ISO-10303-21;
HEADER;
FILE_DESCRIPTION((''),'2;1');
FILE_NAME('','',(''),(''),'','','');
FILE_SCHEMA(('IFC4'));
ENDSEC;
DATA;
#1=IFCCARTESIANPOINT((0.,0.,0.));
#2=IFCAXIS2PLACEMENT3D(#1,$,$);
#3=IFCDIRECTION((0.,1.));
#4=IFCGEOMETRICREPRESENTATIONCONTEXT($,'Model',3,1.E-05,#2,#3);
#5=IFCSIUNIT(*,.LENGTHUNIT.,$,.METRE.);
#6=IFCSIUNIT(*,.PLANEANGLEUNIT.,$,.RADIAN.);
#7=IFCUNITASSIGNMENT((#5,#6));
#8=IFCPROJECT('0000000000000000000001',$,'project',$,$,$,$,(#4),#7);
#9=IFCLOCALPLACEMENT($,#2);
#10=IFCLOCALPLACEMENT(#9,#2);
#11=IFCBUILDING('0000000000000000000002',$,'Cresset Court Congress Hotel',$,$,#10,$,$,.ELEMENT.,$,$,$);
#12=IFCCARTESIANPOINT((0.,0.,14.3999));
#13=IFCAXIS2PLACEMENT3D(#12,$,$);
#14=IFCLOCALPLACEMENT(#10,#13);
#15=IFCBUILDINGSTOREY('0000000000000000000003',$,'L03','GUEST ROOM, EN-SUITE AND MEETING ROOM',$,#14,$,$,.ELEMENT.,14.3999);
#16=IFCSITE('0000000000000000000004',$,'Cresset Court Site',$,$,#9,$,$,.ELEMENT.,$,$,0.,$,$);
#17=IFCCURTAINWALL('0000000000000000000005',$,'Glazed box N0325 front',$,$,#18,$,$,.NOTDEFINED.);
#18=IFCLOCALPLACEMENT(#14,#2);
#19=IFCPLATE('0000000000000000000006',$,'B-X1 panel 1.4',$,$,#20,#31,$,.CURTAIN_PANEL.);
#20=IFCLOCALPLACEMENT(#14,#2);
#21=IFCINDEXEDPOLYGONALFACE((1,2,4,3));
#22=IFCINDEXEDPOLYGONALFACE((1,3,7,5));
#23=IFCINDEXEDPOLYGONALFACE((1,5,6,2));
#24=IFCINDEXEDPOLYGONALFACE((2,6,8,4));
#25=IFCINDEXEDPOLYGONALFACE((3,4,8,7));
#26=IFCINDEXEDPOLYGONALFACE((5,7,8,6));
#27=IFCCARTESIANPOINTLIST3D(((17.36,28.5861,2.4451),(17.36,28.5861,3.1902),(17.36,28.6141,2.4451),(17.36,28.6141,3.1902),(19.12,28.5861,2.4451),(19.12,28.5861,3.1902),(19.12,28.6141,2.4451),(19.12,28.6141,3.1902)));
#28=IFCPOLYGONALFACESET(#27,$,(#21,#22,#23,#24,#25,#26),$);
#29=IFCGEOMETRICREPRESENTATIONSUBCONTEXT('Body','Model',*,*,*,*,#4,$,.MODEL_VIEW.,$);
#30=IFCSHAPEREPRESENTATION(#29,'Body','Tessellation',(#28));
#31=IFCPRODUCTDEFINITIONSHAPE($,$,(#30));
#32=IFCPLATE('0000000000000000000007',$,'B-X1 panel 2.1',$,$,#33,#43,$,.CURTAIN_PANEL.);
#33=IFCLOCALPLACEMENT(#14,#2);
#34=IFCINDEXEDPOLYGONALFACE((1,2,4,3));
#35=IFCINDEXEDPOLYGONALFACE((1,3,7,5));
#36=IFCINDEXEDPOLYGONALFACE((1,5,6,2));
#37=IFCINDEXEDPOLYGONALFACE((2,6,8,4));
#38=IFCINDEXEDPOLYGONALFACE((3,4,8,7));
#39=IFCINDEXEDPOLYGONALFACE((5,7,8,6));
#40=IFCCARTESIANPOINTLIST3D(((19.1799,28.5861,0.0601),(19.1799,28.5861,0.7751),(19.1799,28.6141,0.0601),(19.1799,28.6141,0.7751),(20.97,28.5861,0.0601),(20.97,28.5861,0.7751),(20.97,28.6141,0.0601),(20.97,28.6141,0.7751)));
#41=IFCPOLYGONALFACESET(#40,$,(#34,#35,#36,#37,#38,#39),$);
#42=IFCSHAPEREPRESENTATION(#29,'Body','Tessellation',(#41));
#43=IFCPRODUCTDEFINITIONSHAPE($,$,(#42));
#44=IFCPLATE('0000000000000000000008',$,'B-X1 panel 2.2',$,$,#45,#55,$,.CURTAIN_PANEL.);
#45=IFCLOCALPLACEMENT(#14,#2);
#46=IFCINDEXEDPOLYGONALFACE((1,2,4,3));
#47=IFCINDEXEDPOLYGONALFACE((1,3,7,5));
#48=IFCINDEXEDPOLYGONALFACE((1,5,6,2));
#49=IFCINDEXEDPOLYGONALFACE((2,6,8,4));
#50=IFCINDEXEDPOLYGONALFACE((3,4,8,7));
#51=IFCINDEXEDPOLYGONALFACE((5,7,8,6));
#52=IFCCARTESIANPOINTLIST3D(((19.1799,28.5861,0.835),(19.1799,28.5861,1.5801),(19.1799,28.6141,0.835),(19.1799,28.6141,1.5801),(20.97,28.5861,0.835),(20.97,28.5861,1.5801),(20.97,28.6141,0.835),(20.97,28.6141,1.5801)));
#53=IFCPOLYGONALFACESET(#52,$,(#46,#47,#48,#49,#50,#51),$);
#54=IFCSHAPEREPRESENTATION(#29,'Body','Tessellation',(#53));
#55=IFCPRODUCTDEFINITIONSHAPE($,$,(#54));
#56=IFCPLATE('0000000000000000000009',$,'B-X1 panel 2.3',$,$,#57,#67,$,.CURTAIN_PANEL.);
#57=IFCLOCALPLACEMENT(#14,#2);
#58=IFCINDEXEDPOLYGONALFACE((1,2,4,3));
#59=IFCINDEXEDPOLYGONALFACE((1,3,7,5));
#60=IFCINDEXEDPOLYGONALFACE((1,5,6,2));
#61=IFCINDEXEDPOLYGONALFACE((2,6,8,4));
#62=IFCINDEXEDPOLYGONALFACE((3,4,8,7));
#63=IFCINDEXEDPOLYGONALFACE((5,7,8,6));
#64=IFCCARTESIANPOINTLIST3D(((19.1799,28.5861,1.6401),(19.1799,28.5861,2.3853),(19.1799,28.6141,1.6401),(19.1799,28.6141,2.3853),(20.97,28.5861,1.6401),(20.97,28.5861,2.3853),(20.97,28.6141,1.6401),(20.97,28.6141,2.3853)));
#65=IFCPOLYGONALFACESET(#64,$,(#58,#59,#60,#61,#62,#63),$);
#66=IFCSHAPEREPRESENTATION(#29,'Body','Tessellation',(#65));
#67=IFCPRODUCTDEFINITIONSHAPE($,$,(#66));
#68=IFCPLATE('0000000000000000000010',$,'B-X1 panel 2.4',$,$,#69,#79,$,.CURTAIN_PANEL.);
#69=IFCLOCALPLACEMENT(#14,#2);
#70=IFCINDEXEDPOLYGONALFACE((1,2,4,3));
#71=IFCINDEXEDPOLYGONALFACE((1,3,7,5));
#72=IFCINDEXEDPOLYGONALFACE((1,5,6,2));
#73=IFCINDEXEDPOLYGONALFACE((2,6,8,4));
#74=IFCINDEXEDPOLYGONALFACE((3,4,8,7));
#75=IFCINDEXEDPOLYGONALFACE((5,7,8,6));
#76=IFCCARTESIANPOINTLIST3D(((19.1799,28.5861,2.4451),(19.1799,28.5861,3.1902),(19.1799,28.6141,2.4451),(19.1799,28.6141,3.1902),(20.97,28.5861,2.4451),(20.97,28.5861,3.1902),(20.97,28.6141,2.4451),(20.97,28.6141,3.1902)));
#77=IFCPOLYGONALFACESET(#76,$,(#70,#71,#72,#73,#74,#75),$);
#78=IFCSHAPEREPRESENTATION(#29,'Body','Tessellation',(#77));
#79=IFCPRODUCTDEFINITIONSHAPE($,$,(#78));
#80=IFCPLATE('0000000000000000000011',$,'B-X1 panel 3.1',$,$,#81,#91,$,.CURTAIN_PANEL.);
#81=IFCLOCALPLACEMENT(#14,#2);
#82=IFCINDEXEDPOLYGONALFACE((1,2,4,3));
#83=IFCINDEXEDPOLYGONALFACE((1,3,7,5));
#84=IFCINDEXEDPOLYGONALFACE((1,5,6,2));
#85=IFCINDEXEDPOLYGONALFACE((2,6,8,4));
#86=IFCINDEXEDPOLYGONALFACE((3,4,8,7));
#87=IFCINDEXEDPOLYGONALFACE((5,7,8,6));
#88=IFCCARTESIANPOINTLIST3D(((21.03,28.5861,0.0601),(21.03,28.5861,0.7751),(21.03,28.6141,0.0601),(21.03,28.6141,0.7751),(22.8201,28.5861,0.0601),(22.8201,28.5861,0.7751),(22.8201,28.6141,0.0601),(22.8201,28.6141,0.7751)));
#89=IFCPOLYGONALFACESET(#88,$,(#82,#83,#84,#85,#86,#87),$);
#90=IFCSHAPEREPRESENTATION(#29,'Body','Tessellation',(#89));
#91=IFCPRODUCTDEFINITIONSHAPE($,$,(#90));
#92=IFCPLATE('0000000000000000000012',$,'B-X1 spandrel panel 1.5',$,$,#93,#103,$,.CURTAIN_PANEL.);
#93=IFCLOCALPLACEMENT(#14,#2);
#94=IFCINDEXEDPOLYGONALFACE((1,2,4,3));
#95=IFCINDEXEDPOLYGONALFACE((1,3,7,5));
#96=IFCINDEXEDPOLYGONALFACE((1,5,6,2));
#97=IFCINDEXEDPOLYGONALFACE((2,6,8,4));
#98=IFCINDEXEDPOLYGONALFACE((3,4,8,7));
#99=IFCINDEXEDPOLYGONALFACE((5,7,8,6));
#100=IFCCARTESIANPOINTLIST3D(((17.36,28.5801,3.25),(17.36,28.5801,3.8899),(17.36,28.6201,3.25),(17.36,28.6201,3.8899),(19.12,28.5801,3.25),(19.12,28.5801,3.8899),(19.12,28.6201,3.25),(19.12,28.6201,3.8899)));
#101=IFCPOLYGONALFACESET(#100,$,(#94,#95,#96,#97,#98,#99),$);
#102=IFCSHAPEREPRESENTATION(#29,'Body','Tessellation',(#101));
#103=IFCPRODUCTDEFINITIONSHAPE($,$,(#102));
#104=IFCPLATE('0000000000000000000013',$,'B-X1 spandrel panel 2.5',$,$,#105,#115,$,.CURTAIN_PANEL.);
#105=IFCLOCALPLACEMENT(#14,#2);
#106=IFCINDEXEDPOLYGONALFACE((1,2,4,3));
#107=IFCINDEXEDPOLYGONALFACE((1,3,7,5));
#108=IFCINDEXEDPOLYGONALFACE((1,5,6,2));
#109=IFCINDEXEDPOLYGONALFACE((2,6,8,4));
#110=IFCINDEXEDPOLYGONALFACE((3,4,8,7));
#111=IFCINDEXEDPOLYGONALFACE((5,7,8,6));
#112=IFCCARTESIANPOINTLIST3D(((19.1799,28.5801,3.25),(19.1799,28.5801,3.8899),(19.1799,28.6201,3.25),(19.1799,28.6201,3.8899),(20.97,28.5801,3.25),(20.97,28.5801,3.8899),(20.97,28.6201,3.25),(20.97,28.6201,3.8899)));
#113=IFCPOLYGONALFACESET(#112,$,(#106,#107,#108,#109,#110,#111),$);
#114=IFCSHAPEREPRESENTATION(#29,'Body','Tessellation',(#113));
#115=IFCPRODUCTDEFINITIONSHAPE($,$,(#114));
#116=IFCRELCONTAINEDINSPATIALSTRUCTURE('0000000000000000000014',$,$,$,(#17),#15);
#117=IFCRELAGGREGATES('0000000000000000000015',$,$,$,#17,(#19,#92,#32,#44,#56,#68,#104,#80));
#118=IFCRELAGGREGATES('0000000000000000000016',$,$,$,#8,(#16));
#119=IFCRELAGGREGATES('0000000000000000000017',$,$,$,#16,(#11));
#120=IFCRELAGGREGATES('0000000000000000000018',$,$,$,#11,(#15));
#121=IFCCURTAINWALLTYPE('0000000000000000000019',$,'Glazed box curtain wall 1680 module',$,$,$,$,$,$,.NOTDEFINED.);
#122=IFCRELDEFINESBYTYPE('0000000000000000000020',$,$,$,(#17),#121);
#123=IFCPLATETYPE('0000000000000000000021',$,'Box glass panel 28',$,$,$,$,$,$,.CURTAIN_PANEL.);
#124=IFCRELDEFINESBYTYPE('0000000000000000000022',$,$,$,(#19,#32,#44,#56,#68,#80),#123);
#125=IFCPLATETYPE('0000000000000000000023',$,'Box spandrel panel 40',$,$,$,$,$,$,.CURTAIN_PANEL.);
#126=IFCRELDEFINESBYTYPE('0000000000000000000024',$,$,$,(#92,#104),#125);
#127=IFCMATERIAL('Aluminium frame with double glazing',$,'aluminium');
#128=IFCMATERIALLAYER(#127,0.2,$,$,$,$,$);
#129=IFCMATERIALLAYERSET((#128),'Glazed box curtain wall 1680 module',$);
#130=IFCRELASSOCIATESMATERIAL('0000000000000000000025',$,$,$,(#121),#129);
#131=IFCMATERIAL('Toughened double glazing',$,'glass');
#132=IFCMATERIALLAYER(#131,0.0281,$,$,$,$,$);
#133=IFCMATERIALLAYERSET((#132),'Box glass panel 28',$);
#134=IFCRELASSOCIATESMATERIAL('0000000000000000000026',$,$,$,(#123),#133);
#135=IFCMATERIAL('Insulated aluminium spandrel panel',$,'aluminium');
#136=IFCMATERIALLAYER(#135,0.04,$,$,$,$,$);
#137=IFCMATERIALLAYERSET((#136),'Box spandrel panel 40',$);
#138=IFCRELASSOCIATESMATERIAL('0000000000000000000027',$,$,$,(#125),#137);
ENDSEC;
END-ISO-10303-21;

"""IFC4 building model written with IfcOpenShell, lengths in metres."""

from ifc_helpers import new_model, si_unit, direction, frame, origin, origin_2d, place, context, subcontext, project, spatial, rectangle, extrude, material, layer, layer_set, type_object, element, aggregate, save


model = new_model("IFC4")

# Units and contexts
model_context = context("Model", 3, precision=1e-05, world=origin(), true_north=direction((0.0, 1.0)))
body_context = subcontext(model_context, "Body", "Model", "MODEL_VIEW")
ifc_project = project(units=[si_unit("LENGTHUNIT", "METRE"), si_unit("PLANEANGLEUNIT", "RADIAN")], contexts=[model_context])

# Site, building, storey
site_placement = place(None, origin())
site = spatial("IfcSite", under=ifc_project, at=site_placement, Name="Cresset Court Site", CompositionType="ELEMENT", RefElevation=0.0)
building_placement = place(site_placement, origin())
building = spatial("IfcBuilding", under=site, at=building_placement, Name="Cresset Court Congress Hotel", CompositionType="ELEMENT")
storey_placement = place(building_placement, frame((0.0, 0.0, 14.3999)))
storey = spatial("IfcBuildingStorey", under=building, at=storey_placement, Name="L03", Description="GUEST ROOM, EN-SUITE AND MEETING ROOM", CompositionType="ELEMENT", Elevation=14.3999)

# Curtain wall, plates
ifc_material_1 = material(Name="Aluminium frame with double glazing", Category="aluminium")
ifc_layer_1 = layer(ifc_material_1, 0.2)
ifc_layer_set_1 = layer_set([ifc_layer_1], Name="Glazed box curtain wall 1680 module")
curtain_wall_type = type_object("IfcCurtainWallType", Name="Glazed box curtain wall 1680 module", PredefinedType="NOTDEFINED", material=ifc_layer_set_1)
curtain_wall_placement = place(storey_placement, origin())
curtain_wall = element("IfcCurtainWall", 1, at=curtain_wall_placement, inside=storey, type_object=curtain_wall_type, Name="Glazed box N0325 front", PredefinedType="NOTDEFINED")
ifc_material_2 = material(Name="Toughened double glazing", Category="glass")
ifc_layer_2 = layer(ifc_material_2, 0.0281)
ifc_layer_set_2 = layer_set([ifc_layer_2], Name="Box glass panel 28")
plate_type_1 = type_object("IfcPlateType", Name="Box glass panel 28", PredefinedType="CURTAIN_PANEL", material=ifc_layer_set_2)
plate_1_placement = place(storey_placement, frame((18.24, 28.6001, 2.4451), z_axis=(0.0, 0.0, 1.0), x_axis=(1.0, 0.0, 0.0)))
plate_1 = element("IfcPlate", 2, at=plate_1_placement, type_object=plate_type_1, Name="B-X1 panel 1.4", PredefinedType="CURTAIN_PANEL", context=body_context, shape_type="SweptSolid", body=[
    extrude(rectangle(XDim=1.76, YDim=0.0281, at=origin_2d()), origin(), (0.0, 0.0, 1.0), 0.7451),
])
plate_2_placement = place(storey_placement, frame((20.075, 28.6001, 0.0601), z_axis=(0.0, 0.0, 1.0), x_axis=(1.0, 0.0, 0.0)))
plate_2 = element("IfcPlate", 3, at=plate_2_placement, type_object=plate_type_1, Name="B-X1 panel 2.1", PredefinedType="CURTAIN_PANEL", context=body_context, shape_type="SweptSolid", body=[
    extrude(rectangle(XDim=1.79, YDim=0.0281, at=origin_2d()), origin(), (0.0, 0.0, 1.0), 0.7151),
])
plate_3_placement = place(storey_placement, frame((20.075, 28.6001, 0.835), z_axis=(0.0, 0.0, 1.0), x_axis=(1.0, 0.0, 0.0)))
plate_3 = element("IfcPlate", 4, at=plate_3_placement, type_object=plate_type_1, Name="B-X1 panel 2.2", PredefinedType="CURTAIN_PANEL", context=body_context, shape_type="SweptSolid", body=[
    extrude(rectangle(XDim=1.79, YDim=0.0281, at=origin_2d()), origin(), (0.0, 0.0, 1.0), 0.7451),
])
plate_4_placement = place(storey_placement, frame((20.075, 28.6001, 1.6401), z_axis=(0.0, 0.0, 1.0), x_axis=(1.0, 0.0, 0.0)))
plate_4 = element("IfcPlate", 5, at=plate_4_placement, type_object=plate_type_1, Name="B-X1 panel 2.3", PredefinedType="CURTAIN_PANEL", context=body_context, shape_type="SweptSolid", body=[
    extrude(rectangle(XDim=1.79, YDim=0.0281, at=origin_2d()), origin(), (0.0, 0.0, 1.0), 0.7451),
])
plate_5_placement = place(storey_placement, frame((20.075, 28.6001, 2.4451), z_axis=(0.0, 0.0, 1.0), x_axis=(1.0, 0.0, 0.0)))
plate_5 = element("IfcPlate", 6, at=plate_5_placement, type_object=plate_type_1, Name="B-X1 panel 2.4", PredefinedType="CURTAIN_PANEL", context=body_context, shape_type="SweptSolid", body=[
    extrude(rectangle(XDim=1.79, YDim=0.0281, at=origin_2d()), origin(), (0.0, 0.0, 1.0), 0.7451),
])
plate_6_placement = place(storey_placement, frame((21.925, 28.6001, 0.0601), z_axis=(0.0, 0.0, 1.0), x_axis=(1.0, 0.0, 0.0)))
plate_6 = element("IfcPlate", 7, at=plate_6_placement, type_object=plate_type_1, Name="B-X1 panel 3.1", PredefinedType="CURTAIN_PANEL", context=body_context, shape_type="SweptSolid", body=[
    extrude(rectangle(XDim=1.79, YDim=0.0281, at=origin_2d()), origin(), (0.0, 0.0, 1.0), 0.7151),
])
ifc_material_3 = material(Name="Insulated aluminium spandrel panel", Category="aluminium")
ifc_layer_3 = layer(ifc_material_3, 0.04)
ifc_layer_set_3 = layer_set([ifc_layer_3], Name="Box spandrel panel 40")
plate_type_2 = type_object("IfcPlateType", Name="Box spandrel panel 40", PredefinedType="CURTAIN_PANEL", material=ifc_layer_set_3)
plate_7_placement = place(storey_placement, frame((18.24, 28.6001, 3.25), z_axis=(0.0, 0.0, 1.0), x_axis=(1.0, 0.0, 0.0)))
plate_7 = element("IfcPlate", 8, at=plate_7_placement, type_object=plate_type_2, Name="B-X1 spandrel panel 1.5", PredefinedType="CURTAIN_PANEL", context=body_context, shape_type="SweptSolid", body=[
    extrude(rectangle(XDim=1.76, YDim=0.04, at=origin_2d()), origin(), (0.0, 0.0, 1.0), 0.6399),
])
plate_8_placement = place(storey_placement, frame((20.075, 28.6001, 3.25), z_axis=(0.0, 0.0, 1.0), x_axis=(1.0, 0.0, 0.0)))
plate_8 = element("IfcPlate", 9, at=plate_8_placement, type_object=plate_type_2, Name="B-X1 spandrel panel 2.5", PredefinedType="CURTAIN_PANEL", context=body_context, shape_type="SweptSolid", body=[
    extrude(rectangle(XDim=1.79, YDim=0.04, at=origin_2d()), origin(), (0.0, 0.0, 1.0), 0.6399),
])
aggregate(curtain_wall, [plate_1, plate_7, plate_2, plate_3, plate_4, plate_5, plate_8, plate_6])

save(model, "model.ifc")
